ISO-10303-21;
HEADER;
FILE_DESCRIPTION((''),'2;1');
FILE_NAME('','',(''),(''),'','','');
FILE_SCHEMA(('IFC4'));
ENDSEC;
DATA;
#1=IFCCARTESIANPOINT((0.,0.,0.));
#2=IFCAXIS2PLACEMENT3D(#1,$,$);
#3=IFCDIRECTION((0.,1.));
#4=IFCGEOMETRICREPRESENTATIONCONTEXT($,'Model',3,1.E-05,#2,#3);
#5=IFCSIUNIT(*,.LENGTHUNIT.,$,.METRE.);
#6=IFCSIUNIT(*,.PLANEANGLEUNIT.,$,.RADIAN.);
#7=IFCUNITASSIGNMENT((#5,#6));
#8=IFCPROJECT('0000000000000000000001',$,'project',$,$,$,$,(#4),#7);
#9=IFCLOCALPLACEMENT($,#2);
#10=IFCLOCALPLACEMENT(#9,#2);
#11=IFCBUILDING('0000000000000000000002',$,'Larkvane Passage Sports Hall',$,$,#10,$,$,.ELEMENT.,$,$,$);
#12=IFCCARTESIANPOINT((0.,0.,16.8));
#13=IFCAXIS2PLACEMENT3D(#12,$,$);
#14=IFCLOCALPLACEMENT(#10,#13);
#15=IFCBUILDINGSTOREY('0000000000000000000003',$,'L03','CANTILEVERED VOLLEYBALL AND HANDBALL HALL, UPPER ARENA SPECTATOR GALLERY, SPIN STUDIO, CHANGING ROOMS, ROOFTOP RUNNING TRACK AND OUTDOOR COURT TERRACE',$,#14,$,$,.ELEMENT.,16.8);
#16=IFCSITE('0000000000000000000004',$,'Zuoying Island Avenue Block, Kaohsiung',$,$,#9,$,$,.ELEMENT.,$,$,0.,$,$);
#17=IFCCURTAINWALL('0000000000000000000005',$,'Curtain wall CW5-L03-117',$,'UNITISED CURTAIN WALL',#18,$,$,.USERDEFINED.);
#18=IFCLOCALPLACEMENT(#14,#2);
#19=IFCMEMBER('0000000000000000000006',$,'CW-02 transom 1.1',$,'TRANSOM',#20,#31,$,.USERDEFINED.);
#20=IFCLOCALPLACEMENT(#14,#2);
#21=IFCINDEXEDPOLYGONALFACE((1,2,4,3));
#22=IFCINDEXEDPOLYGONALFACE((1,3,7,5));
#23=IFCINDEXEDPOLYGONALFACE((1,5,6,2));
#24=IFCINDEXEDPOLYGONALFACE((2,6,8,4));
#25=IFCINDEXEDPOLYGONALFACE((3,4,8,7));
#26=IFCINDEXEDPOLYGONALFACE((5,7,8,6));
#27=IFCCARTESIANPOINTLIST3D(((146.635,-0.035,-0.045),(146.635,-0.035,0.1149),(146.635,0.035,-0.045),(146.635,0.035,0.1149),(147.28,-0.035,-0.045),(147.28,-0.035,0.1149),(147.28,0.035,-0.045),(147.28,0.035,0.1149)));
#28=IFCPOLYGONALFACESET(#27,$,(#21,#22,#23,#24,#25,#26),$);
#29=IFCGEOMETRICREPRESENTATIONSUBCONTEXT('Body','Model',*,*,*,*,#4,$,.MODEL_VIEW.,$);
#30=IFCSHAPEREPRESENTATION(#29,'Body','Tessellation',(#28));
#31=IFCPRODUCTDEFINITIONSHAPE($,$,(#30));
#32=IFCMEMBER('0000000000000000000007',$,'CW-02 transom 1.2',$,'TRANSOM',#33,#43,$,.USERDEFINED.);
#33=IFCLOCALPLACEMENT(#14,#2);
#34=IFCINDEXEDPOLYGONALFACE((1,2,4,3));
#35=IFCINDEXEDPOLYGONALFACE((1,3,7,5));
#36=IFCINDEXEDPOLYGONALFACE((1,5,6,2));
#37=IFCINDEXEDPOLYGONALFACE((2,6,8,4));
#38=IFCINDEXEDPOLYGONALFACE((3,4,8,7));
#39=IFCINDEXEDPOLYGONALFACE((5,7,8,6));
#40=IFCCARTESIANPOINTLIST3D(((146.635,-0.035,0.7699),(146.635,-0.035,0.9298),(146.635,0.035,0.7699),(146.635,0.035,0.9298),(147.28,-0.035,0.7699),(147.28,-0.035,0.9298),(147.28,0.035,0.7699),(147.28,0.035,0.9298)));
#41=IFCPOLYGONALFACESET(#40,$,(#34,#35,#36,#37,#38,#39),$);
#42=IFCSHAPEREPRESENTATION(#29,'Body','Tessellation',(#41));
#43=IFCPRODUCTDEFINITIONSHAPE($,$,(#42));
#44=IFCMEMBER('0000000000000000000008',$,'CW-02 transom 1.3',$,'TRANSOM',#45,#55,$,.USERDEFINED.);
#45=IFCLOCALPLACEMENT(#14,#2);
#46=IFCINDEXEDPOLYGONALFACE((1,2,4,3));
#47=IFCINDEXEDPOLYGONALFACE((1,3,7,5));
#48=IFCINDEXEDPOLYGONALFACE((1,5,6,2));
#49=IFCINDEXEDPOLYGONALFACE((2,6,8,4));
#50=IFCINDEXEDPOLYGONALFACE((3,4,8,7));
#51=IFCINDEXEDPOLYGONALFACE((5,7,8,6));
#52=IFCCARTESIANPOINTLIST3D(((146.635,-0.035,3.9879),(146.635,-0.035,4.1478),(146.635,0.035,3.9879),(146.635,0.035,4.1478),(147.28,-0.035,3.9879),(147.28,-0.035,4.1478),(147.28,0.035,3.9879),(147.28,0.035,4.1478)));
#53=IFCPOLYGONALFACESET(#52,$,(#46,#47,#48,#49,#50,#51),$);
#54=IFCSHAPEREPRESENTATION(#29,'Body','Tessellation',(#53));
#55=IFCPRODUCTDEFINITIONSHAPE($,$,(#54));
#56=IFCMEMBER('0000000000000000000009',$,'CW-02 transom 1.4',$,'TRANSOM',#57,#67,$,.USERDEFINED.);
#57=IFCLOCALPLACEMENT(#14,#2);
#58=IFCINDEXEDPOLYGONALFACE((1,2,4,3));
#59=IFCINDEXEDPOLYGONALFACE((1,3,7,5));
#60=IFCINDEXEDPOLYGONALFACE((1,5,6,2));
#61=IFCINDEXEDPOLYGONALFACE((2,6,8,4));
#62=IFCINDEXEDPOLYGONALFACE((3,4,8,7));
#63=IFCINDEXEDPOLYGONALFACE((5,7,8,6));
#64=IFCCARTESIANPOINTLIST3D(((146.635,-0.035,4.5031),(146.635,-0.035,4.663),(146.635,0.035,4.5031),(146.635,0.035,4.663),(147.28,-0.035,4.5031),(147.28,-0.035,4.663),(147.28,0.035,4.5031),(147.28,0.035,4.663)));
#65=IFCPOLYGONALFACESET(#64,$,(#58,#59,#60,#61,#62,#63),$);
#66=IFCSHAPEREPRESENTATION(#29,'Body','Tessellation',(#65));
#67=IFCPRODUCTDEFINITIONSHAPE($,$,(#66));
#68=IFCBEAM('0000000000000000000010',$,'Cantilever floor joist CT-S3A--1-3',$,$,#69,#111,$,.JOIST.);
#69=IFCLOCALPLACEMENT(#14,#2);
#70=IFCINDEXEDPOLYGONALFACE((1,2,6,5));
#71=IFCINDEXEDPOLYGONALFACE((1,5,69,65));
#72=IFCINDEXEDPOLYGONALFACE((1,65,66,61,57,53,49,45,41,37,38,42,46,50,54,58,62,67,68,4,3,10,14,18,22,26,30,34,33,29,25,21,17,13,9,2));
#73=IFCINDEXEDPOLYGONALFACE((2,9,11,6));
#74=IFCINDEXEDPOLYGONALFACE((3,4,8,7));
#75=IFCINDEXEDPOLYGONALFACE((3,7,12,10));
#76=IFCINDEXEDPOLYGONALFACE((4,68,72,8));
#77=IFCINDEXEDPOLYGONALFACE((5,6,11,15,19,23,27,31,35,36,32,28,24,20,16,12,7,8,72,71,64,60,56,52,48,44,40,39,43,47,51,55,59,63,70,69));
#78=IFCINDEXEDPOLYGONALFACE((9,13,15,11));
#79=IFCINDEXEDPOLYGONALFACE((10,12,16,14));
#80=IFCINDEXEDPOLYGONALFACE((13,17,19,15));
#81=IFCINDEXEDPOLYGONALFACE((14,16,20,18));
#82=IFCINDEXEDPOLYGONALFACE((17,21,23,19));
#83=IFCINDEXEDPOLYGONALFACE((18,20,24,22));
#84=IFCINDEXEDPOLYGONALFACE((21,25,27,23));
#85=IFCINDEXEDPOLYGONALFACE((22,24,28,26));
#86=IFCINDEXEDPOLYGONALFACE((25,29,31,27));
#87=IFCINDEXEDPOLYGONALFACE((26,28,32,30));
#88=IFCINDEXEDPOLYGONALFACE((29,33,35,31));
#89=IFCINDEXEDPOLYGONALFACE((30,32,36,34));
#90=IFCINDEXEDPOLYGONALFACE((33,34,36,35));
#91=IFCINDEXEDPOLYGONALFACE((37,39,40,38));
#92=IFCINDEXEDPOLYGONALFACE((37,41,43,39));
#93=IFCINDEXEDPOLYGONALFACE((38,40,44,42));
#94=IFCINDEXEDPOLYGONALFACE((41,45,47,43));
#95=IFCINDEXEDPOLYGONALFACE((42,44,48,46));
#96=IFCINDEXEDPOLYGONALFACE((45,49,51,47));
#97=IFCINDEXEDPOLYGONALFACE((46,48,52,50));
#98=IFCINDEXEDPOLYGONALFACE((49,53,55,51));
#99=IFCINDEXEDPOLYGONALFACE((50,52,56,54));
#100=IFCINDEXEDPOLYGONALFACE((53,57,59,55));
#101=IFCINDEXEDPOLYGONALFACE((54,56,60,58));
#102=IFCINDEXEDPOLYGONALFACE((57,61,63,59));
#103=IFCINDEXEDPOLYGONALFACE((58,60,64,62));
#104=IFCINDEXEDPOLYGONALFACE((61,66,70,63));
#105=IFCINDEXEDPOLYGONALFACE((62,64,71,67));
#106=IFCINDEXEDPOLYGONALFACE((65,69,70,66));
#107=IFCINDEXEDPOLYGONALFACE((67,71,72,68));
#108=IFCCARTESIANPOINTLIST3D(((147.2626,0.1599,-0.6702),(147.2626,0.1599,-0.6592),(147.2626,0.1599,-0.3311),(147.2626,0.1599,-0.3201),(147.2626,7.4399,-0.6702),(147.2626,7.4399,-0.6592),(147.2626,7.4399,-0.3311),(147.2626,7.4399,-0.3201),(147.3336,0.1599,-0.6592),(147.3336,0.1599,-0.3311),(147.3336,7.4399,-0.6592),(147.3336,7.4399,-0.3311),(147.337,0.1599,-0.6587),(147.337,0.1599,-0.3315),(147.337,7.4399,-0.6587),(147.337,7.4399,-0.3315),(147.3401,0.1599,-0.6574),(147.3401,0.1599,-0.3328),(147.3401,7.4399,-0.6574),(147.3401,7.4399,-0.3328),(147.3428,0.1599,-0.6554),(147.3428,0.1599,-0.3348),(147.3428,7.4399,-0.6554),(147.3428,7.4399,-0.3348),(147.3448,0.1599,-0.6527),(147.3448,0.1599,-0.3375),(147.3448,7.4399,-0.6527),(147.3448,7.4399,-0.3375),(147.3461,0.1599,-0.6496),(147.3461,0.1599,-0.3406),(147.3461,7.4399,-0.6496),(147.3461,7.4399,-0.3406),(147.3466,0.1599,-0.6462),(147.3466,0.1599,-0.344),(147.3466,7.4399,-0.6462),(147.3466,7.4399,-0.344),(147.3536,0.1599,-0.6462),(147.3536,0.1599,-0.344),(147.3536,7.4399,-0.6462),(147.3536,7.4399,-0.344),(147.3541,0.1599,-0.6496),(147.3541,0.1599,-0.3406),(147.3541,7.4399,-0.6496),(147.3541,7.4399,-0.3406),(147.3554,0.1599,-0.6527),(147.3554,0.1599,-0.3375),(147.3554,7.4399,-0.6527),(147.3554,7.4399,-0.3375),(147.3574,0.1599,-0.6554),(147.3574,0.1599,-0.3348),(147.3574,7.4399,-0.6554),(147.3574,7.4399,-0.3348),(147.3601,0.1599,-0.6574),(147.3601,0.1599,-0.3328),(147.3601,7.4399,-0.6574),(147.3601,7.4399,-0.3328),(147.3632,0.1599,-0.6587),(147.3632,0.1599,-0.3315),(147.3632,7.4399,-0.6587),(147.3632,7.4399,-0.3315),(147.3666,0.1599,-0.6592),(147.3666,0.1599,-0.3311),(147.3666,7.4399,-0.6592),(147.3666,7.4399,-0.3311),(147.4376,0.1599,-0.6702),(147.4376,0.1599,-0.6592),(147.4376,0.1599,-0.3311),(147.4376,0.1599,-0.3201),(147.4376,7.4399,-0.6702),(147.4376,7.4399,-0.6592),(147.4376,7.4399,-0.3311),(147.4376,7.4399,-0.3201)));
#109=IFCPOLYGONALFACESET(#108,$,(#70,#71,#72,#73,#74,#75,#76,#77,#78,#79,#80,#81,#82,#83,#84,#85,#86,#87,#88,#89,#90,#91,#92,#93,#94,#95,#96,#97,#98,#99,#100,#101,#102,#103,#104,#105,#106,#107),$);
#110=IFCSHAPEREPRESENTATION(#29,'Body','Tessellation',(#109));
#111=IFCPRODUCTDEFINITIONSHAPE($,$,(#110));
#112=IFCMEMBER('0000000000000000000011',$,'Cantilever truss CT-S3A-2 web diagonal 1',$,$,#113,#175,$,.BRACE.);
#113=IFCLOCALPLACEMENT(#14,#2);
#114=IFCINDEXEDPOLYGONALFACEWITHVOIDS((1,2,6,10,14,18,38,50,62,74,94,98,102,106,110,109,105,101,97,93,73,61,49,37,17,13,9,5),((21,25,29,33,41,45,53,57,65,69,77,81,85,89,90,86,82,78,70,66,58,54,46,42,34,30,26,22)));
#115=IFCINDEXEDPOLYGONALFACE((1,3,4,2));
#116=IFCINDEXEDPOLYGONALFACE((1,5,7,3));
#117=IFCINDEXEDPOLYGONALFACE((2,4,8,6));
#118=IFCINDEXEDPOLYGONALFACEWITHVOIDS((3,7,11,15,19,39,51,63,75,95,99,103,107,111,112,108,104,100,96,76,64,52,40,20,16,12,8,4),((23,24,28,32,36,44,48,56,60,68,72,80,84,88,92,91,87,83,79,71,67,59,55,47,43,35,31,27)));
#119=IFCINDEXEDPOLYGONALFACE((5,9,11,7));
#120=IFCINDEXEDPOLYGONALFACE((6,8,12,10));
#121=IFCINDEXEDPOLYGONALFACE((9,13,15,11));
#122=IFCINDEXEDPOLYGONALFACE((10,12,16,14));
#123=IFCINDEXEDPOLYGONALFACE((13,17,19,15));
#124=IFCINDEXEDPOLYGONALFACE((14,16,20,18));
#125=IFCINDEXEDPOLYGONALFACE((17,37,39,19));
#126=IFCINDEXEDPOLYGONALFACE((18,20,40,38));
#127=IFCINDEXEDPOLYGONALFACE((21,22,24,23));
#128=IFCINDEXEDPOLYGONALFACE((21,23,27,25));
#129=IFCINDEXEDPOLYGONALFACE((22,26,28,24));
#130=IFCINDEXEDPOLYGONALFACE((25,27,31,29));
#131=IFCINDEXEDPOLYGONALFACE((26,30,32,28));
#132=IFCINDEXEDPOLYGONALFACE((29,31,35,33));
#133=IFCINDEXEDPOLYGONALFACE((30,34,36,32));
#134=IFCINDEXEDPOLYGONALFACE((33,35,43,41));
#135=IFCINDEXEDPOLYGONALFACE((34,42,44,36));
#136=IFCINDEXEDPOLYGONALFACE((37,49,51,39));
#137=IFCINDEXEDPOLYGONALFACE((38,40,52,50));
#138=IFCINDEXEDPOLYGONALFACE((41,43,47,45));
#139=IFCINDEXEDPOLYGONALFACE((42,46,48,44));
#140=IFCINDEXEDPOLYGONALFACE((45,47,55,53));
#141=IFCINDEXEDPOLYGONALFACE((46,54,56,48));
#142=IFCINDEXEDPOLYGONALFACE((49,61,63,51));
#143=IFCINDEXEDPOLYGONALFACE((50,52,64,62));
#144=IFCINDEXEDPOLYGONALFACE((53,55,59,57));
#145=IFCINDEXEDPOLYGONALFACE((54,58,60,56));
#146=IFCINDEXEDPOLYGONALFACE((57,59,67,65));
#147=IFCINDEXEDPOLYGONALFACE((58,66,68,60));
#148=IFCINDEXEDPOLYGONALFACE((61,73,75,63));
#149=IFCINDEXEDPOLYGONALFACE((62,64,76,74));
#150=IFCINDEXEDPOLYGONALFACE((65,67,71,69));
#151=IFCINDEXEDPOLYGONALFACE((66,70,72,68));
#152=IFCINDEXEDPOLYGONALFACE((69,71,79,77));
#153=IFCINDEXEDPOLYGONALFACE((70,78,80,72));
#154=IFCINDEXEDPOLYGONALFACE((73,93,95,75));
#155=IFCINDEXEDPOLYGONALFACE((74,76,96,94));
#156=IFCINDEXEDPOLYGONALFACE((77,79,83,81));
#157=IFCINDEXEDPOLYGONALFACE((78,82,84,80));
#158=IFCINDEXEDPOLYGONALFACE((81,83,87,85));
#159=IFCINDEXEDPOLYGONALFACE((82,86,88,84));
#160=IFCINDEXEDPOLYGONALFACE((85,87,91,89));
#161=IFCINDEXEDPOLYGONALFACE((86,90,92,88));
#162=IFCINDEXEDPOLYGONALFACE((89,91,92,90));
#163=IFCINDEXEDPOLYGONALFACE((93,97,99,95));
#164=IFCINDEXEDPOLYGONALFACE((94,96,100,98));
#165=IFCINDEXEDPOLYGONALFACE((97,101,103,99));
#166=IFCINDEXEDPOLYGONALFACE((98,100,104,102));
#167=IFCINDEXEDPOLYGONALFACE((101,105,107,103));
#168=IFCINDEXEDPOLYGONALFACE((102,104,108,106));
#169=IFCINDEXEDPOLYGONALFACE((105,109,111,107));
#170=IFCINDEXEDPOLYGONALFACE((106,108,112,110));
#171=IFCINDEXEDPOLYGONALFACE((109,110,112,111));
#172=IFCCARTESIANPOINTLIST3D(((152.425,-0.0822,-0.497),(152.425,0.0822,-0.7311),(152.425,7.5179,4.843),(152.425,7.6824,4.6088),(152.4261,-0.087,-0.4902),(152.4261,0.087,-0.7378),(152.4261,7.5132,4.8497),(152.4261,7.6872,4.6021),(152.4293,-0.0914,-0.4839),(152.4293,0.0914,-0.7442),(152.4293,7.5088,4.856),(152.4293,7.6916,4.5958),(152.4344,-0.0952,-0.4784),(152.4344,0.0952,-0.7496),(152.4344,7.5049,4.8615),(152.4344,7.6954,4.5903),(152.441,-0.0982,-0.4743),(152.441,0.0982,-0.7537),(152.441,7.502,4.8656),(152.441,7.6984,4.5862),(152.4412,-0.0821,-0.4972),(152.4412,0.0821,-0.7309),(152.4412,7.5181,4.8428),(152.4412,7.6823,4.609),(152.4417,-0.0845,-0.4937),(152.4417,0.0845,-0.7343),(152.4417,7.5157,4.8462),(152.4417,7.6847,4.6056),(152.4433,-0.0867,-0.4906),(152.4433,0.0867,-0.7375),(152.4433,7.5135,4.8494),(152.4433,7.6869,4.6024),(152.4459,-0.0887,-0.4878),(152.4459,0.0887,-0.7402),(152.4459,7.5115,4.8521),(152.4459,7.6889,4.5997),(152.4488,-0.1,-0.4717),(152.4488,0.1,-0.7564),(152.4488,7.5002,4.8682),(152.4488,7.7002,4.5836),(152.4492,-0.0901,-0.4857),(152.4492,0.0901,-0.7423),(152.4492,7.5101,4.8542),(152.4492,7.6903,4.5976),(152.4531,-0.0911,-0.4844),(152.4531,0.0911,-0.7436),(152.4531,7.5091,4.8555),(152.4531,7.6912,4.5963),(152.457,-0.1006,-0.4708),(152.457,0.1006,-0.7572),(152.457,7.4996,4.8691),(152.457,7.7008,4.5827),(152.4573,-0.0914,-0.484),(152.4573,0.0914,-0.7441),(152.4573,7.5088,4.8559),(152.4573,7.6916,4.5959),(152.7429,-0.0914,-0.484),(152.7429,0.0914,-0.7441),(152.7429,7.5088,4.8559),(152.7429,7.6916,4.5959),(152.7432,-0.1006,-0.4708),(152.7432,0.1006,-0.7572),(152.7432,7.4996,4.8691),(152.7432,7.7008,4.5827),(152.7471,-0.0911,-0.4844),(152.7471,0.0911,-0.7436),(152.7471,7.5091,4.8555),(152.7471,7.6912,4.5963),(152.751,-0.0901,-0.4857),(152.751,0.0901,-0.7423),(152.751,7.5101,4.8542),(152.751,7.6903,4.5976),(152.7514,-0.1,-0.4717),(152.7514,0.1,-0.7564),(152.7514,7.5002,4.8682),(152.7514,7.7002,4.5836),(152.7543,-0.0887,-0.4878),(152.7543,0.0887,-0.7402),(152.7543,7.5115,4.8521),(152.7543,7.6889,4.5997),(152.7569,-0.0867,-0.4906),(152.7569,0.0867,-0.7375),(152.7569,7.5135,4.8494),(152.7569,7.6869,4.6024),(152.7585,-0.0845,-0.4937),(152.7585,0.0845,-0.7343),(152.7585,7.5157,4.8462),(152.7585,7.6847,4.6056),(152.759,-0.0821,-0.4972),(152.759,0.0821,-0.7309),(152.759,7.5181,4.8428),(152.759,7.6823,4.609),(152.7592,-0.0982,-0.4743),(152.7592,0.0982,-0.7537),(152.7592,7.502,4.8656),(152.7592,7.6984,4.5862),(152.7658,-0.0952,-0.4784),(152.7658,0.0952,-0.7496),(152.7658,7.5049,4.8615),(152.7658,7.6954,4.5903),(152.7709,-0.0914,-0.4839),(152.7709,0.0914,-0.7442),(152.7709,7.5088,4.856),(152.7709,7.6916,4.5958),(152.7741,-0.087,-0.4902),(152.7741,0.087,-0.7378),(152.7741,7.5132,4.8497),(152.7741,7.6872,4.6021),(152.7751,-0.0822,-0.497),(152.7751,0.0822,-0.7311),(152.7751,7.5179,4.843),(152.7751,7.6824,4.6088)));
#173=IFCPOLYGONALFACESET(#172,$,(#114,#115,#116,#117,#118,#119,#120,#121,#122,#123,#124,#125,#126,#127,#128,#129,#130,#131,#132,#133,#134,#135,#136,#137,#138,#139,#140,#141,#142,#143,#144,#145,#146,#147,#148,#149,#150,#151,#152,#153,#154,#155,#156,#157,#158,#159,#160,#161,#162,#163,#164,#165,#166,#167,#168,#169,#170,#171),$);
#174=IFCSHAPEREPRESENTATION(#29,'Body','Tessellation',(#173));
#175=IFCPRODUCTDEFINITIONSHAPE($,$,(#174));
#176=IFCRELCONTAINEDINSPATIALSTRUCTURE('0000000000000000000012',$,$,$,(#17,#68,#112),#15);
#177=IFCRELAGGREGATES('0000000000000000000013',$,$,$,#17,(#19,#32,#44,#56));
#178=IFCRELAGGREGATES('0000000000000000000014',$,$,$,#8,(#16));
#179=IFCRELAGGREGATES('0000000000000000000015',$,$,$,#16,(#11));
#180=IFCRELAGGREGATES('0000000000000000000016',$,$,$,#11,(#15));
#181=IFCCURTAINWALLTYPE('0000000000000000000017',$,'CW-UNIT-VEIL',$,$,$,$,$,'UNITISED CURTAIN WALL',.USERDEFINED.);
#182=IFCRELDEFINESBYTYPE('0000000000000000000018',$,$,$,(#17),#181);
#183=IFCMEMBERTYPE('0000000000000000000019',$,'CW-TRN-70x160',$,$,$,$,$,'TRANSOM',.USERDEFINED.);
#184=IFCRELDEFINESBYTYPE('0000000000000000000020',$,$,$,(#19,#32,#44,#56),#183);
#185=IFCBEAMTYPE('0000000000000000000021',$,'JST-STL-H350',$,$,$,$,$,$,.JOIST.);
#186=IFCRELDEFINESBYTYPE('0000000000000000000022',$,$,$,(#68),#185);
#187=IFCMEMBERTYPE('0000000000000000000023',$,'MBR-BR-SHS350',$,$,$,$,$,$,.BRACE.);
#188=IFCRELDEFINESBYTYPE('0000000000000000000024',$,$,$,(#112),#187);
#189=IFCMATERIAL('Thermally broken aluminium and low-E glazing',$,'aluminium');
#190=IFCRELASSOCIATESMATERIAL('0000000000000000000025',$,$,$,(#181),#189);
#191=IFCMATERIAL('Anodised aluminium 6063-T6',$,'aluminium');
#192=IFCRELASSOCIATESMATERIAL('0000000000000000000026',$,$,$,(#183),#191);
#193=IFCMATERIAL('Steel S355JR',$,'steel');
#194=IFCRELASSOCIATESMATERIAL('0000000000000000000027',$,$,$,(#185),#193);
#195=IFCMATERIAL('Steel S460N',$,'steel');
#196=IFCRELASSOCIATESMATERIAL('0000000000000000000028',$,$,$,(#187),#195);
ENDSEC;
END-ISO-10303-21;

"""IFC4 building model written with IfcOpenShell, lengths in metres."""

from ifc_helpers import new_model, si_unit, direction, frame, origin, origin_2d, place, context, subcontext, project, spatial, rectangle, hollow_rectangle, i_section, extrude, material, material_profile, profile_set, type_object, element, aggregate, save


model = new_model("IFC4")

# Units and contexts
model_context = context("Model", 3, precision=1e-05, world=origin(), true_north=direction((0.0, 1.0)))
body_context = subcontext(model_context, "Body", "Model", "MODEL_VIEW")
ifc_project = project(units=[si_unit("LENGTHUNIT", "METRE"), si_unit("PLANEANGLEUNIT", "RADIAN")], contexts=[model_context])

# Site, building, storey
site_placement = place(None, origin())
site = spatial("IfcSite", under=ifc_project, at=site_placement, Name="Zuoying Island Avenue Block, Kaohsiung", CompositionType="ELEMENT", RefElevation=0.0)
building_placement = place(site_placement, origin())
building = spatial("IfcBuilding", under=site, at=building_placement, Name="Larkvane Passage Sports Hall", CompositionType="ELEMENT")
storey_placement = place(building_placement, frame((0.0, 0.0, 16.8)))
storey = spatial("IfcBuildingStorey", under=building, at=storey_placement, Name="L03", Description="CANTILEVERED VOLLEYBALL AND HANDBALL HALL, UPPER ARENA SPECTATOR GALLERY, SPIN STUDIO, CHANGING ROOMS, ROOFTOP RUNNING TRACK AND OUTDOOR COURT TERRACE", CompositionType="ELEMENT", Elevation=16.8)

# Shared definitions
ifc_material_1 = material(Name="Steel S460N", Category="steel")

# Shared definitions
ifc_material_2 = material(Name="Thermally broken aluminium and low-E glazing", Category="aluminium")
ifc_material_3 = material(Name="Anodised aluminium 6063-T6", Category="aluminium")

# Curtain wall
curtain_wall_type_1 = type_object("IfcCurtainWallType", Name="CW-UNIT-VEIL", ElementType="UNITISED CURTAIN WALL", PredefinedType="USERDEFINED", material=ifc_material_2)
curtain_wall_1_placement = place(storey_placement, origin())
curtain_wall_1 = element("IfcCurtainWall", 1, at=curtain_wall_1_placement, inside=storey, type_object=curtain_wall_type_1, Name="Curtain wall CW5-L03-117", ObjectType="UNITISED CURTAIN WALL", PredefinedType="USERDEFINED")

# Members
ifc_material_profile_1 = material_profile(ifc_material_3, rectangle(XDim=0.0701, YDim=0.1599, at=origin_2d()), Name="ALU-TRN-70x160")
ifc_profile_set_1 = profile_set([ifc_material_profile_1], Name="Anodised aluminium 6063-T6")
member_type_1 = type_object("IfcMemberType", Name="CW-TRN-70x160", ElementType="TRANSOM", PredefinedType="USERDEFINED", material=ifc_profile_set_1)
member_1_placement = place(storey_placement, frame((147.28, 0.0, 0.0349), z_axis=(-1.0, 0.0, 0.0), x_axis=(0.0, -1.0, 0.0)))
member_1 = element("IfcMember", 2, at=member_1_placement, type_object=member_type_1, Name="CW-02 transom 1.1", ObjectType="TRANSOM", PredefinedType="USERDEFINED", context=body_context, shape_type="SweptSolid", body=[
    extrude(rectangle(XDim=0.0701, YDim=0.1599, at=origin_2d()), origin(), (0.0, 0.0, 1.0), 0.645),
])
member_2_placement = place(storey_placement, frame((147.28, 0.0, 0.8499), z_axis=(-1.0, 0.0, 0.0), x_axis=(0.0, -1.0, 0.0)))
member_2 = element("IfcMember", 3, at=member_2_placement, type_object=member_type_1, Name="CW-02 transom 1.2", ObjectType="TRANSOM", PredefinedType="USERDEFINED", context=body_context, shape_type="SweptSolid", body=[
    extrude(rectangle(XDim=0.0701, YDim=0.1599, at=origin_2d()), origin(), (0.0, 0.0, 1.0), 0.645),
])
member_3_placement = place(storey_placement, frame((147.28, 0.0, 4.0679), z_axis=(-1.0, 0.0, 0.0), x_axis=(0.0, -1.0, 0.0)))
member_3 = element("IfcMember", 4, at=member_3_placement, type_object=member_type_1, Name="CW-02 transom 1.3", ObjectType="TRANSOM", PredefinedType="USERDEFINED", context=body_context, shape_type="SweptSolid", body=[
    extrude(rectangle(XDim=0.0701, YDim=0.1599, at=origin_2d()), origin(), (0.0, 0.0, 1.0), 0.645),
])
member_4_placement = place(storey_placement, frame((147.28, 0.0, 4.583), z_axis=(-1.0, 0.0, 0.0), x_axis=(0.0, -1.0, 0.0)))
member_4 = element("IfcMember", 5, at=member_4_placement, type_object=member_type_1, Name="CW-02 transom 1.4", ObjectType="TRANSOM", PredefinedType="USERDEFINED", context=body_context, shape_type="SweptSolid", body=[
    extrude(rectangle(XDim=0.0701, YDim=0.1599, at=origin_2d()), origin(), (0.0, 0.0, 1.0), 0.645),
])

# Beam
ifc_material_4 = material(Name="Steel S355JR", Category="steel")
ifc_material_profile_2 = material_profile(ifc_material_4, i_section(OverallWidth=0.175, OverallDepth=0.3501, WebThickness=0.0071, FlangeThickness=0.011, FilletRadius=0.0129, at=origin_2d()), Name="H-350x175x7x11")
ifc_profile_set_2 = profile_set([ifc_material_profile_2], Name="Steel S355JR")
beam_type_1 = type_object("IfcBeamType", Name="JST-STL-H350", PredefinedType="JOIST", material=ifc_profile_set_2)
beam_1_placement = place(storey_placement, frame((147.3501, 0.1599, -0.4951), z_axis=(0.0, 1.0, 0.0), x_axis=(-1.0, 0.0, 0.0)))
element("IfcBeam", 6, at=beam_1_placement, inside=storey, type_object=beam_type_1, Name="Cantilever floor joist CT-S3A--1-3", PredefinedType="JOIST", context=body_context, shape_type="SweptSolid", body=[
    extrude(i_section(OverallWidth=0.175, OverallDepth=0.3501, WebThickness=0.0071, FlangeThickness=0.011, FilletRadius=0.0129, at=origin_2d()), origin(), (0.0, 0.0, 1.0), 7.28),
])

# Member
ifc_material_profile_3 = material_profile(ifc_material_1, hollow_rectangle(XDim=0.3501, YDim=0.3501, WallThickness=0.0161, InnerFilletRadius=0.0161, OuterFilletRadius=0.032, at=origin_2d()), Name="SHS-350x350x16")
ifc_profile_set_3 = profile_set([ifc_material_profile_3], Name="Steel S460N")
member_type_2 = type_object("IfcMemberType", Name="MBR-BR-SHS350", PredefinedType="BRACE", material=ifc_profile_set_3)
member_5_placement = place(storey_placement, frame((152.6001, 0.0, -0.614), z_axis=(0.0, 0.81823, 0.57489), x_axis=(-1.0, 0.0, 0.0)))
element("IfcMember", 7, at=member_5_placement, inside=storey, type_object=member_type_2, Name="Cantilever truss CT-S3A-2 web diagonal 1", PredefinedType="BRACE", context=body_context, shape_type="SweptSolid", body=[
    extrude(hollow_rectangle(XDim=0.3501, YDim=0.3501, WallThickness=0.0161, InnerFilletRadius=0.0161, OuterFilletRadius=0.032, at=origin_2d()), origin(), (0.0, 0.0, 1.0), 9.2886),
])

aggregate(curtain_wall_1, [member_1, member_2, member_3, member_4])

save(model, "model.ifc")
